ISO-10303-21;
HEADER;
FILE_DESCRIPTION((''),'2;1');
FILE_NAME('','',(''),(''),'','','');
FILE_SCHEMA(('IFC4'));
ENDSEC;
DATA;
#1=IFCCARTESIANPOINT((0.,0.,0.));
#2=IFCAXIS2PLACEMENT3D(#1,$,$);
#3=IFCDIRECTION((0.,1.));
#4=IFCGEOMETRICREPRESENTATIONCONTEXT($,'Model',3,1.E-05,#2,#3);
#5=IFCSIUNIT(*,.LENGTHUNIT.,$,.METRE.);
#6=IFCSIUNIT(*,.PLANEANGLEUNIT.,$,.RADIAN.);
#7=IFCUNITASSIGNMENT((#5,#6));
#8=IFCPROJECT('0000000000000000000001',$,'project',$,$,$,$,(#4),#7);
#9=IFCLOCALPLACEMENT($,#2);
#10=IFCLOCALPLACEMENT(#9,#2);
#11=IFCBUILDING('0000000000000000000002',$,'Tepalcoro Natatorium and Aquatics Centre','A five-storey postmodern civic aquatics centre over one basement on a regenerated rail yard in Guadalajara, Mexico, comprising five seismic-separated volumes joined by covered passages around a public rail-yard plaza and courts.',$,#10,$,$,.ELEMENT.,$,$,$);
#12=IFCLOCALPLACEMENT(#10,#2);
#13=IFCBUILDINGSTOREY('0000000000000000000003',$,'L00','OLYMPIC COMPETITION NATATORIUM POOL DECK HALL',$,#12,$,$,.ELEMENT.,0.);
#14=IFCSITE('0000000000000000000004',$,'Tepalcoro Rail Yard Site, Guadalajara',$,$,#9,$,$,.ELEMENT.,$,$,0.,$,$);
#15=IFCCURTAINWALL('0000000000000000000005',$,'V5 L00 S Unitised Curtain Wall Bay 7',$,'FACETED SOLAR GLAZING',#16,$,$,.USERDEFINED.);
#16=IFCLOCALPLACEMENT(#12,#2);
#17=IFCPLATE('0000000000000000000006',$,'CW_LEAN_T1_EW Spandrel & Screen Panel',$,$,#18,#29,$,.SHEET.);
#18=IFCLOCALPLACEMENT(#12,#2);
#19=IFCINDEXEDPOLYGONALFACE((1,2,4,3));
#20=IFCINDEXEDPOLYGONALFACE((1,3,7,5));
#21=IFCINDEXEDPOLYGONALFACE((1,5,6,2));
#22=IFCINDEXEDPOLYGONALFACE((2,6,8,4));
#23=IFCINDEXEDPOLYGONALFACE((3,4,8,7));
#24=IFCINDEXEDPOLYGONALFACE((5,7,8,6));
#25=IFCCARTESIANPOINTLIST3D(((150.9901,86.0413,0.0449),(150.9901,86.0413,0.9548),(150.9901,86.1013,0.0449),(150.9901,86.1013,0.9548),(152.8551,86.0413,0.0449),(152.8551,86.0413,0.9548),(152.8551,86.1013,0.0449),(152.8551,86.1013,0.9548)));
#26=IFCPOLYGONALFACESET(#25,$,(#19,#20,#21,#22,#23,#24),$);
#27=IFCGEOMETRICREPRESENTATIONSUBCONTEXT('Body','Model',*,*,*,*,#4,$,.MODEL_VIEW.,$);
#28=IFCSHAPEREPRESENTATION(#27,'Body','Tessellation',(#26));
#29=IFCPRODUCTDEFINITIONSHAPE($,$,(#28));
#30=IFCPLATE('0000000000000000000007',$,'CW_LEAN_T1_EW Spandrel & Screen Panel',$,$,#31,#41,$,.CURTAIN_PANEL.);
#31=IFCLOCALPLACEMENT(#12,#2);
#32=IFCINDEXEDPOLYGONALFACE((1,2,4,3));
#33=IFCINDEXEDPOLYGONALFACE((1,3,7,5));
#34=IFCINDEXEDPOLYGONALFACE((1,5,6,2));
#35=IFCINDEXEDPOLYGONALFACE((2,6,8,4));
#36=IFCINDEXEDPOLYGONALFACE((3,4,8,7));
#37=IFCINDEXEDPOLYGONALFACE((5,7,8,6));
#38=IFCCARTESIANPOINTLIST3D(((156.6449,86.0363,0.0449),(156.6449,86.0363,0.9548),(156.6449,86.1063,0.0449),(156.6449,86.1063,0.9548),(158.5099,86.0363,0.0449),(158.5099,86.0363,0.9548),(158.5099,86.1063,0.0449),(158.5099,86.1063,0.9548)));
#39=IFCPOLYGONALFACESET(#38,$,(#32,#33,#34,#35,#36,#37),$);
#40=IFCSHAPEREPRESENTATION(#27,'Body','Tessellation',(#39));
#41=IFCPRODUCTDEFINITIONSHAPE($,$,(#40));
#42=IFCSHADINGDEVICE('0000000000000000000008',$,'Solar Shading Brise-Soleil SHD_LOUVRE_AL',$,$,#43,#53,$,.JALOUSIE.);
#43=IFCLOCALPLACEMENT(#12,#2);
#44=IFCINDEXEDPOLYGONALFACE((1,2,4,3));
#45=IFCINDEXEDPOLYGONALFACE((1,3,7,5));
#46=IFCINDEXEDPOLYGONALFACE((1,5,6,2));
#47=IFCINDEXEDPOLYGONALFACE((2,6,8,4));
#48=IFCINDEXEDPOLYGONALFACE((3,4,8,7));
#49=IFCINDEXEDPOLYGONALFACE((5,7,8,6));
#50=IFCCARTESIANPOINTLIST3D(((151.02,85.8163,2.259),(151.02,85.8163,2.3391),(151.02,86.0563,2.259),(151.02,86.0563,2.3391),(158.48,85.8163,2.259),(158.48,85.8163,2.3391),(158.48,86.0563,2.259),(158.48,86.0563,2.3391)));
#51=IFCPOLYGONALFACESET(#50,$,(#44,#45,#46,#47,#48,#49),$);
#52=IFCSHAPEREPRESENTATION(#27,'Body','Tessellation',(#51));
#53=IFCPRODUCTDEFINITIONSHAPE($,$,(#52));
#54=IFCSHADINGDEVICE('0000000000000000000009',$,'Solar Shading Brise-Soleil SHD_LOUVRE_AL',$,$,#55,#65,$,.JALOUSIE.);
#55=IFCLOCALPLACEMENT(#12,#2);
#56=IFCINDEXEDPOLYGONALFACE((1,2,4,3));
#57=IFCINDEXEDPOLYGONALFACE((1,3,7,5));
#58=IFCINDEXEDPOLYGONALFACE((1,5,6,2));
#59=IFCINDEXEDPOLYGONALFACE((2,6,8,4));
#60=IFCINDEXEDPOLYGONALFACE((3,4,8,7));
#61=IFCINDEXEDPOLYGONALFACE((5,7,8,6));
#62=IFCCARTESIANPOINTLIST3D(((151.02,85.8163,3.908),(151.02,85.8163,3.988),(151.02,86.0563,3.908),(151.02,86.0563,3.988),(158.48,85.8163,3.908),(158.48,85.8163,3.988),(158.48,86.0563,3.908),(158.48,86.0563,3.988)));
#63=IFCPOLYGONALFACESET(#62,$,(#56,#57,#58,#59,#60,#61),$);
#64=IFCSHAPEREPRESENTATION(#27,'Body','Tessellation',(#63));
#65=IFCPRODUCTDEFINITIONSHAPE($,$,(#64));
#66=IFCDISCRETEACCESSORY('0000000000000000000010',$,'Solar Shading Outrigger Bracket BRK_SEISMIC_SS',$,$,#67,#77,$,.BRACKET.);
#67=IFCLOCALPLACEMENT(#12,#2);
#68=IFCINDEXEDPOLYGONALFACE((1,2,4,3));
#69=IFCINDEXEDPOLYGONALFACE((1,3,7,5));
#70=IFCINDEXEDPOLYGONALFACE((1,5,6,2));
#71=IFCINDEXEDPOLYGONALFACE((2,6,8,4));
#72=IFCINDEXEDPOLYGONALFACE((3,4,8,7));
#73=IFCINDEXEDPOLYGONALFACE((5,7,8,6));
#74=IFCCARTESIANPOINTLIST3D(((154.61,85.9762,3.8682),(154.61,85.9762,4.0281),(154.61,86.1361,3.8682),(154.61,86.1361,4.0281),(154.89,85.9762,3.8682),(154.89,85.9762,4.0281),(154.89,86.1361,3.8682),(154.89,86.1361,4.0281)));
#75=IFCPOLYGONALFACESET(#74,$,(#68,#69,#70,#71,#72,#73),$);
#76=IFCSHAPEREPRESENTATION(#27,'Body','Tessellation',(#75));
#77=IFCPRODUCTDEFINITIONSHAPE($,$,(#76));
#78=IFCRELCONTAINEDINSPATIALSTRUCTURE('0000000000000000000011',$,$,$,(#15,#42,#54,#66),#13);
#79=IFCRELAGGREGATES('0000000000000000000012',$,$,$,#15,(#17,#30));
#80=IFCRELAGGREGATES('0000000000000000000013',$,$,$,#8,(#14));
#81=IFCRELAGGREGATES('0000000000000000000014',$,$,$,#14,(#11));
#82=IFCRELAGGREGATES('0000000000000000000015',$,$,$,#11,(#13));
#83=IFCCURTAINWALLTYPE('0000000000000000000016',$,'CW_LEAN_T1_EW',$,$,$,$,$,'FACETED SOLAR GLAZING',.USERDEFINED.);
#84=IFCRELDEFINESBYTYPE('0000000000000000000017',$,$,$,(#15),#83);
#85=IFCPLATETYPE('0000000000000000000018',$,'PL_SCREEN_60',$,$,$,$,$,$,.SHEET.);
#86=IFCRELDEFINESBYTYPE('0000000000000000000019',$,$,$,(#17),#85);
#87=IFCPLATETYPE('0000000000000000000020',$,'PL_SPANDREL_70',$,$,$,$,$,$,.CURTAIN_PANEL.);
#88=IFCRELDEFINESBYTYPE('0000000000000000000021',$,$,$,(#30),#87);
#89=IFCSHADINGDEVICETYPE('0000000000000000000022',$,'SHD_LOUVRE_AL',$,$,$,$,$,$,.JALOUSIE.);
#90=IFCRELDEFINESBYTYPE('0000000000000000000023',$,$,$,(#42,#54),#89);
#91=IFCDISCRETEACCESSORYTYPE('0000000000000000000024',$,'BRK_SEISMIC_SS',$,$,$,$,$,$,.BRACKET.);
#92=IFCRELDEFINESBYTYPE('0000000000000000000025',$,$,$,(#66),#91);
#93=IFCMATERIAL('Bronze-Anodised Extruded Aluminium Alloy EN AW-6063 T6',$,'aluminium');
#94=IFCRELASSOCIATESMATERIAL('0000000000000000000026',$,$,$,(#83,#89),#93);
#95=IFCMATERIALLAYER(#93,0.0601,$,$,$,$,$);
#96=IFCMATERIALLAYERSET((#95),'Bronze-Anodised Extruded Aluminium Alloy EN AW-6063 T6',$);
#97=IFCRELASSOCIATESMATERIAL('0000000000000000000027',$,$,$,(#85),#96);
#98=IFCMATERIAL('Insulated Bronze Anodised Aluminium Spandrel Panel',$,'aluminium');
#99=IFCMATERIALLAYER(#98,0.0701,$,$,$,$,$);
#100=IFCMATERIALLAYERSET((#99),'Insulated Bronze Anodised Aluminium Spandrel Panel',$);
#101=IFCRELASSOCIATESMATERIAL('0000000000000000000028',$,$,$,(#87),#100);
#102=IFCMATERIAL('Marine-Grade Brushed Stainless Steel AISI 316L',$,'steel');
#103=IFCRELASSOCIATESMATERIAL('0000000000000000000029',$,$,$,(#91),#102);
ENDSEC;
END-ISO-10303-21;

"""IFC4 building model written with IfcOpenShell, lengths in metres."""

from ifc_helpers import new_model, si_unit, direction, frame, origin, origin_2d, place, context, subcontext, project, spatial, rectangle, extrude, material, layer, layer_set, type_object, element, aggregate, save


model = new_model("IFC4")

# Units and contexts
model_context = context("Model", 3, precision=1e-05, world=origin(), true_north=direction((0.0, 1.0)))
body_context = subcontext(model_context, "Body", "Model", "MODEL_VIEW")
ifc_project = project(units=[si_unit("LENGTHUNIT", "METRE"), si_unit("PLANEANGLEUNIT", "RADIAN")], contexts=[model_context])

# Site, building, storey
site_placement = place(None, origin())
site = spatial("IfcSite", under=ifc_project, at=site_placement, Name="Tepalcoro Rail Yard Site, Guadalajara", CompositionType="ELEMENT", RefElevation=0.0)
building_placement = place(site_placement, origin())
building = spatial("IfcBuilding", under=site, at=building_placement, Name="Tepalcoro Natatorium and Aquatics Centre", Description="A five-storey postmodern civic aquatics centre over one basement on a regenerated rail yard in Guadalajara, Mexico, comprising five seismic-separated volumes joined by covered passages around a public rail-yard plaza and courts.", CompositionType="ELEMENT")
storey_placement = place(building_placement, origin())
storey = spatial("IfcBuildingStorey", under=building, at=storey_placement, Name="L00", Description="OLYMPIC COMPETITION NATATORIUM POOL DECK HALL", CompositionType="ELEMENT", Elevation=0.0)

# Shared definitions
ifc_material_1 = material(Name="Bronze-Anodised Extruded Aluminium Alloy EN AW-6063 T6", Category="aluminium")

# Curtain wall
curtain_wall_type_1 = type_object("IfcCurtainWallType", Name="CW_LEAN_T1_EW", ElementType="FACETED SOLAR GLAZING", PredefinedType="USERDEFINED", material=ifc_material_1)
curtain_wall_1_placement = place(storey_placement, origin())
curtain_wall_1 = element("IfcCurtainWall", 1, at=curtain_wall_1_placement, inside=storey, type_object=curtain_wall_type_1, Name="V5 L00 S Unitised Curtain Wall Bay 7", ObjectType="FACETED SOLAR GLAZING", PredefinedType="USERDEFINED")

# Plates
ifc_layer_1 = layer(ifc_material_1, 0.0601)
ifc_layer_set_1 = layer_set([ifc_layer_1], Name="Bronze-Anodised Extruded Aluminium Alloy EN AW-6063 T6")
plate_type_1 = type_object("IfcPlateType", Name="PL_SCREEN_60", PredefinedType="SHEET", material=ifc_layer_set_1)
plate_1_placement = place(storey_placement, frame((151.9226, 86.0713, 0.0449), z_axis=(0.0, 0.0, 1.0), x_axis=(1.0, 0.0, 0.0)))
plate_1 = element("IfcPlate", 2, at=plate_1_placement, type_object=plate_type_1, Name="CW_LEAN_T1_EW Spandrel & Screen Panel", PredefinedType="SHEET", context=body_context, shape_type="SweptSolid", body=[
    extrude(rectangle(XDim=1.865, YDim=0.0601, at=origin_2d()), origin(), (0.0, 0.0, 1.0), 0.9099),
])
ifc_material_2 = material(Name="Insulated Bronze Anodised Aluminium Spandrel Panel", Category="aluminium")
ifc_layer_2 = layer(ifc_material_2, 0.0701)
ifc_layer_set_2 = layer_set([ifc_layer_2], Name="Insulated Bronze Anodised Aluminium Spandrel Panel")
plate_type_2 = type_object("IfcPlateType", Name="PL_SPANDREL_70", PredefinedType="CURTAIN_PANEL", material=ifc_layer_set_2)
plate_2_placement = place(storey_placement, frame((157.5774, 86.0713, 0.0449), z_axis=(0.0, 0.0, 1.0), x_axis=(1.0, 0.0, 0.0)))
plate_2 = element("IfcPlate", 3, at=plate_2_placement, type_object=plate_type_2, Name="CW_LEAN_T1_EW Spandrel & Screen Panel", PredefinedType="CURTAIN_PANEL", context=body_context, shape_type="SweptSolid", body=[
    extrude(rectangle(XDim=1.865, YDim=0.0701, at=origin_2d()), origin(), (0.0, 0.0, 1.0), 0.9099),
])
aggregate(curtain_wall_1, [plate_1, plate_2])

# Shading devices
shading_device_type = type_object("IfcShadingDeviceType", Name="SHD_LOUVRE_AL", PredefinedType="JALOUSIE", material=ifc_material_1)
for number, where, z_axis, x_axis, name in (
    (4, (154.75, 85.9363, 2.259), (0.0, 0.0, 1.0), (1.0, 0.0, 0.0), "Solar Shading Brise-Soleil SHD_LOUVRE_AL"),
    (5, (154.75, 85.9363, 3.908), (0.0, 0.0, 1.0), (1.0, 0.0, 0.0), "Solar Shading Brise-Soleil SHD_LOUVRE_AL"),
):
    element("IfcShadingDevice", number, at=place(storey_placement, frame(where, z_axis=z_axis, x_axis=x_axis)), inside=storey, type_object=shading_device_type, Name=name, PredefinedType="JALOUSIE", context=body_context, shape_type="SweptSolid", body=[
        extrude(rectangle(XDim=7.46, YDim=0.24, at=origin_2d()), origin(), (0.0, 0.0, 1.0), 0.0801),
    ])

# Discrete accessory
ifc_material_3 = material(Name="Marine-Grade Brushed Stainless Steel AISI 316L", Category="steel")
discrete_accessory_type = type_object("IfcDiscreteAccessoryType", Name="BRK_SEISMIC_SS", PredefinedType="BRACKET", material=ifc_material_3)
discrete_accessory_placement = place(storey_placement, frame((154.75, 86.0562, 3.8682), z_axis=(0.0, 0.0, 1.0), x_axis=(1.0, 0.0, 0.0)))
element("IfcDiscreteAccessory", 6, at=discrete_accessory_placement, inside=storey, type_object=discrete_accessory_type, Name="Solar Shading Outrigger Bracket BRK_SEISMIC_SS", PredefinedType="BRACKET", context=body_context, shape_type="SweptSolid", body=[
    extrude(rectangle(XDim=0.28, YDim=0.1599, at=origin_2d()), origin(), (0.0, 0.0, 1.0), 0.1599),
])

save(model, "model.ifc")
